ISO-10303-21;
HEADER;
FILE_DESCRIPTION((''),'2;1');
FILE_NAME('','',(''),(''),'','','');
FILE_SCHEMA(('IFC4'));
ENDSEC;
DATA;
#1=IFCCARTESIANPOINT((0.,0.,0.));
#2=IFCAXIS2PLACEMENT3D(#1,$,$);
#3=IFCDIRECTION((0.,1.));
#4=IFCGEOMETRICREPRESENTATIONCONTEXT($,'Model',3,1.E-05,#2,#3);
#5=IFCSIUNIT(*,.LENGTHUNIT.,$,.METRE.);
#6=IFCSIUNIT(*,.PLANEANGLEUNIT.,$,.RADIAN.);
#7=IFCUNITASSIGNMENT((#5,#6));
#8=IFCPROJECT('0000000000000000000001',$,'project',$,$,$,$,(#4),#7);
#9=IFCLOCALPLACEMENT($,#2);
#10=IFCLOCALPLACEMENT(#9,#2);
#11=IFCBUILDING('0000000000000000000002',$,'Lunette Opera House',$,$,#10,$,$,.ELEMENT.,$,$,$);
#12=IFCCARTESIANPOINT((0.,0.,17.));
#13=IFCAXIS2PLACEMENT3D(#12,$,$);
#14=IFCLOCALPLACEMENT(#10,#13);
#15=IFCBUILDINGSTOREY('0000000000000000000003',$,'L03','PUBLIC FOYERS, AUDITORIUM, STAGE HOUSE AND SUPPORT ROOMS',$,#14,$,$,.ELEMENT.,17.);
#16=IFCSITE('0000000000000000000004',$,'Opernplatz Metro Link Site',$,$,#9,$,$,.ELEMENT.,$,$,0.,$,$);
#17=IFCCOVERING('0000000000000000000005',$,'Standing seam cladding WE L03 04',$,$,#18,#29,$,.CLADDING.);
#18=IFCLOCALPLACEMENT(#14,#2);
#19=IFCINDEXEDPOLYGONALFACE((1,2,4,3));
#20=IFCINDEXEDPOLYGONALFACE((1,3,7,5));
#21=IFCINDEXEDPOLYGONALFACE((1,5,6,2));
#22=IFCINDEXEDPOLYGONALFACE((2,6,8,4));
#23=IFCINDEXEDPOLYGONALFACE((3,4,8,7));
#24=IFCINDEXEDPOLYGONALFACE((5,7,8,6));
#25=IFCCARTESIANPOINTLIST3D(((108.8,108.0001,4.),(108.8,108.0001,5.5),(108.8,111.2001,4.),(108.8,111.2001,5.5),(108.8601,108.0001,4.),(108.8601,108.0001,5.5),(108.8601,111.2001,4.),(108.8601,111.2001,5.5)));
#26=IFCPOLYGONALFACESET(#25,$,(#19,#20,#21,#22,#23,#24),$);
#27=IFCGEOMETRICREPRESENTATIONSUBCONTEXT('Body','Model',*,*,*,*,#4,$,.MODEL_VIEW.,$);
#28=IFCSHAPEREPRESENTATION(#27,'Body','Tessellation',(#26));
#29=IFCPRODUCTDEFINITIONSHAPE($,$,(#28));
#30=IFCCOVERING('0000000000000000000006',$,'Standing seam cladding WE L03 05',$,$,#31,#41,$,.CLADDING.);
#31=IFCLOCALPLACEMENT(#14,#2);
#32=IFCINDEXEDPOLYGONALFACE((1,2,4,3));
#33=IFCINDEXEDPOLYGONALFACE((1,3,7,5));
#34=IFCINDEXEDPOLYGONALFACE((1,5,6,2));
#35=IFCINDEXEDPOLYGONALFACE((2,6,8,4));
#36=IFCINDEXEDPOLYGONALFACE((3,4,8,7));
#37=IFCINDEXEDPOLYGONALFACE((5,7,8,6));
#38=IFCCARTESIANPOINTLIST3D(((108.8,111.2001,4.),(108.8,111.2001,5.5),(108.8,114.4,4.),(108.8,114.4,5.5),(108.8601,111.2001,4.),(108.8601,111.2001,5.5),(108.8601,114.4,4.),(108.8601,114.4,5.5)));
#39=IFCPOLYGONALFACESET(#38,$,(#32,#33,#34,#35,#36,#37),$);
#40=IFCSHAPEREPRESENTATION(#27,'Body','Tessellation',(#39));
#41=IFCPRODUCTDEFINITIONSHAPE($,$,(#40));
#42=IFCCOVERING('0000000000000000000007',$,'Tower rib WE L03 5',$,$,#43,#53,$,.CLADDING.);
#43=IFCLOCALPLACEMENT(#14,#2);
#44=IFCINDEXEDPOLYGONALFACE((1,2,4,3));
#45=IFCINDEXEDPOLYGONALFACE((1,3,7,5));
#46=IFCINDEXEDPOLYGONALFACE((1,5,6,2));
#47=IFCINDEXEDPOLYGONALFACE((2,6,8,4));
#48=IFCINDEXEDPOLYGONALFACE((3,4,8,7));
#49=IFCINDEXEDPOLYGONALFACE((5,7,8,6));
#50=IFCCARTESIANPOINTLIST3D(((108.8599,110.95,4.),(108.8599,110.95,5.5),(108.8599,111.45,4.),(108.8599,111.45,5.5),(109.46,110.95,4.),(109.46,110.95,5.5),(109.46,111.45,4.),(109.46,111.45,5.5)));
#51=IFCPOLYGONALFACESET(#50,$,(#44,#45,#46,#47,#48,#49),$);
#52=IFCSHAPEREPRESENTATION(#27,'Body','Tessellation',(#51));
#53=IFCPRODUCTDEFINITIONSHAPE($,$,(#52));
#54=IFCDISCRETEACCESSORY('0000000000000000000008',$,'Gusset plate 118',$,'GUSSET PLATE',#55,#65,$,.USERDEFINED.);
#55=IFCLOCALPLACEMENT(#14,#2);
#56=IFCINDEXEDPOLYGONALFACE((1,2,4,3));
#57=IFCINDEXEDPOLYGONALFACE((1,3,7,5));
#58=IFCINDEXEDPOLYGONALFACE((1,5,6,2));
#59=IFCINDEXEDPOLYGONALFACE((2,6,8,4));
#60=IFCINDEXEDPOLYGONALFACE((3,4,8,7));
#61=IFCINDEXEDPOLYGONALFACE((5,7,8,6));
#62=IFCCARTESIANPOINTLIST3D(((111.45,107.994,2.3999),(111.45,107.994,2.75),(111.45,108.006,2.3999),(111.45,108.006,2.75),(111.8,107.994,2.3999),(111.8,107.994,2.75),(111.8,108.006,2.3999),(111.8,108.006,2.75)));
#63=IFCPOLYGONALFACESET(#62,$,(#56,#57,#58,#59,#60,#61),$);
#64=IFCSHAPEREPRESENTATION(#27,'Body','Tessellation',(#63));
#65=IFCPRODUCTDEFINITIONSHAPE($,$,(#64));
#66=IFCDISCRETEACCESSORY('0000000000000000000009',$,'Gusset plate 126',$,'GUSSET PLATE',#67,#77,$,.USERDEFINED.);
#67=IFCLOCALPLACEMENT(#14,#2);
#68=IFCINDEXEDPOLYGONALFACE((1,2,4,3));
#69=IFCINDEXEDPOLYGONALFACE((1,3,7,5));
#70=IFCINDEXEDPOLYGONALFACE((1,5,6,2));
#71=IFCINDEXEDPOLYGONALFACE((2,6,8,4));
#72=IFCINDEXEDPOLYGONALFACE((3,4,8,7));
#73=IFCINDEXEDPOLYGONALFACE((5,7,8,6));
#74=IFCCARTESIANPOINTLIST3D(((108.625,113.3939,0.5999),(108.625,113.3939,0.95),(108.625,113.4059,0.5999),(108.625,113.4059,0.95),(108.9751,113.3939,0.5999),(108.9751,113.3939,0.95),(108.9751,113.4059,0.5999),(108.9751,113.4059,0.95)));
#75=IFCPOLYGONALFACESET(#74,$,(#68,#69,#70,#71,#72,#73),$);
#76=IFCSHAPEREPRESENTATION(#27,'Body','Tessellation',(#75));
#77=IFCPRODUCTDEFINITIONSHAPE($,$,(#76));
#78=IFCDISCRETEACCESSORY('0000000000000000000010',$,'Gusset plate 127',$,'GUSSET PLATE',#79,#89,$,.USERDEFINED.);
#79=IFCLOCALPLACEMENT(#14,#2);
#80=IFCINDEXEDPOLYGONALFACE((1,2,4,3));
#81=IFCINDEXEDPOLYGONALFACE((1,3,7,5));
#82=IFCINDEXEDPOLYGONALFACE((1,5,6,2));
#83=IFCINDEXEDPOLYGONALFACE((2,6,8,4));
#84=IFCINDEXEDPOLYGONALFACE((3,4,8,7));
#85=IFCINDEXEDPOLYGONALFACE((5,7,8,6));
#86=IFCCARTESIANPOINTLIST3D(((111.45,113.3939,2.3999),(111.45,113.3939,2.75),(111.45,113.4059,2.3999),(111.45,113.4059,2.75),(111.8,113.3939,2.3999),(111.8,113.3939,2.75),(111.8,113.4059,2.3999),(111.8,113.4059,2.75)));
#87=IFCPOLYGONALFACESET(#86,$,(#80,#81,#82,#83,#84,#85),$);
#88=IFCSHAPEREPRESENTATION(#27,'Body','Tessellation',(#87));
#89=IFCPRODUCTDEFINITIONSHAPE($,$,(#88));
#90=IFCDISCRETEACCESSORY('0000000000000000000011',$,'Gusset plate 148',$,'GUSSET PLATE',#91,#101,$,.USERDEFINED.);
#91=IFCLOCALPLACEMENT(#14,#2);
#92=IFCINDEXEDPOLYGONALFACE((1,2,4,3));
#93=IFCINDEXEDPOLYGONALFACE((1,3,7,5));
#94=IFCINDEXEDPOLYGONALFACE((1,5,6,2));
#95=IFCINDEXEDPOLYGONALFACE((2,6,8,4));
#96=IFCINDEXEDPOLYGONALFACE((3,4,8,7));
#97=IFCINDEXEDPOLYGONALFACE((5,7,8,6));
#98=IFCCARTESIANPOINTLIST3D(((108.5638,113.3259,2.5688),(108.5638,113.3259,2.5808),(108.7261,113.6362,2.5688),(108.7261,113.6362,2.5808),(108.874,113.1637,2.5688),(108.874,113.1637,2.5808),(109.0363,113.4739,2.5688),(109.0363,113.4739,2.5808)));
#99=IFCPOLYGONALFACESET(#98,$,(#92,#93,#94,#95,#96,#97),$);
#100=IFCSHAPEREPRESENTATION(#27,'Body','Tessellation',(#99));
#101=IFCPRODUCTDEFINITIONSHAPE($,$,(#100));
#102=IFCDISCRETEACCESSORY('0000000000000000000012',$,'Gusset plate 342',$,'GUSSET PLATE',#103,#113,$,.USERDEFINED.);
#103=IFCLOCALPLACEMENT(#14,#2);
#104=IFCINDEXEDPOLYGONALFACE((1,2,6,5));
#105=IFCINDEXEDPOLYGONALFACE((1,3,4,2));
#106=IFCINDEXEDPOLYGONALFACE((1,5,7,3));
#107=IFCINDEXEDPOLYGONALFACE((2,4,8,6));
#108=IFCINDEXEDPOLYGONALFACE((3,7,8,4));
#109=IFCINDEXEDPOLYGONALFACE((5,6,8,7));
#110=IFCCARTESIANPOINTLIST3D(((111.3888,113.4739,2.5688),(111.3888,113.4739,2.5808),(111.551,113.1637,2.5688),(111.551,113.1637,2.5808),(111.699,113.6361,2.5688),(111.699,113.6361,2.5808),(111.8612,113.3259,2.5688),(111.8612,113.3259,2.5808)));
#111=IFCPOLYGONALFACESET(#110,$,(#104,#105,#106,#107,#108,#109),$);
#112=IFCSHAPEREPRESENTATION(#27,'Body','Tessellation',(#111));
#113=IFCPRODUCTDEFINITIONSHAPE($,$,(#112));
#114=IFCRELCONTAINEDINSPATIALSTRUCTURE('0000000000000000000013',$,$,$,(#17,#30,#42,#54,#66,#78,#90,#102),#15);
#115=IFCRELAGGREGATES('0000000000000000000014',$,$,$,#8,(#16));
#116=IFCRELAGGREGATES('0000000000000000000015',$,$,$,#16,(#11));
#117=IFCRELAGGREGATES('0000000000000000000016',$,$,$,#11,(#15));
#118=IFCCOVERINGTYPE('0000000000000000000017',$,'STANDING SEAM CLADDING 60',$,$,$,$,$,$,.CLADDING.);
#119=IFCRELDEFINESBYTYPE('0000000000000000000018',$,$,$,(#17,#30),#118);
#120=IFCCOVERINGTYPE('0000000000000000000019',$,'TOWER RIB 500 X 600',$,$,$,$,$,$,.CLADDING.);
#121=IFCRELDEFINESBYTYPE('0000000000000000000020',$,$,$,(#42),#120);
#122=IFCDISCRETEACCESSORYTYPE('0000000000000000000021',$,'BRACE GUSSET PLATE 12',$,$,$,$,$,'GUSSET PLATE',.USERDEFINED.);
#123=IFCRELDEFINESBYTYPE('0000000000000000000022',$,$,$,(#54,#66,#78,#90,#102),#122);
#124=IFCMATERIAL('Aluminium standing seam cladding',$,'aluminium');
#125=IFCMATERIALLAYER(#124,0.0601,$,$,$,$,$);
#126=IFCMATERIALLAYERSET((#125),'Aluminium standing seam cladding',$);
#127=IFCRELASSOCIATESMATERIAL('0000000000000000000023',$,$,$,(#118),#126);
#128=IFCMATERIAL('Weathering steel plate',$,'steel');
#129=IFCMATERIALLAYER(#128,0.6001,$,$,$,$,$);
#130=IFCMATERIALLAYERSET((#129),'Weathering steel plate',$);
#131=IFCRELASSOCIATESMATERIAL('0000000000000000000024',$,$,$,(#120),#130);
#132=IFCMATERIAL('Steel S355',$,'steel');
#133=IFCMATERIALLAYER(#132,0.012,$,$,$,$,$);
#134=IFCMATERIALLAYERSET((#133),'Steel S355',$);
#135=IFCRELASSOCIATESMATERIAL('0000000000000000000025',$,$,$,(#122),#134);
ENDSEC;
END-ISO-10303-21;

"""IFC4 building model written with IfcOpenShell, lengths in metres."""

from ifc_helpers import new_model, si_unit, direction, frame, origin, origin_2d, place, context, subcontext, project, spatial, rectangle, extrude, material, layer, layer_set, type_object, element, save


model = new_model("IFC4")

# Units and contexts
model_context = context("Model", 3, precision=1e-05, world=origin(), true_north=direction((0.0, 1.0)))
body_context = subcontext(model_context, "Body", "Model", "MODEL_VIEW")
ifc_project = project(units=[si_unit("LENGTHUNIT", "METRE"), si_unit("PLANEANGLEUNIT", "RADIAN")], contexts=[model_context])

# Site, building, storey
site_placement = place(None, origin())
site = spatial("IfcSite", under=ifc_project, at=site_placement, Name="Opernplatz Metro Link Site", CompositionType="ELEMENT", RefElevation=0.0)
building_placement = place(site_placement, origin())
building = spatial("IfcBuilding", under=site, at=building_placement, Name="Lunette Opera House", CompositionType="ELEMENT")
storey_placement = place(building_placement, frame((0.0, 0.0, 17.0)))
storey = spatial("IfcBuildingStorey", under=building, at=storey_placement, Name="L03", Description="PUBLIC FOYERS, AUDITORIUM, STAGE HOUSE AND SUPPORT ROOMS", CompositionType="ELEMENT", Elevation=17.0)

# Coverings
ifc_material_1 = material(Name="Aluminium standing seam cladding", Category="aluminium")
ifc_layer_1 = layer(ifc_material_1, 0.0601)
ifc_layer_set_1 = layer_set([ifc_layer_1], Name="Aluminium standing seam cladding")
covering_type_1 = type_object("IfcCoveringType", Name="STANDING SEAM CLADDING 60", PredefinedType="CLADDING", material=ifc_layer_set_1)
for number, where, z_axis, x_axis, name in (
    (1, (108.8301, 109.6001, 4.0), (0.0, 0.0, 1.0), (0.0, 1.0, 0.0), "Standing seam cladding WE L03 04"),
    (2, (108.8301, 112.8, 4.0), (0.0, 0.0, 1.0), (0.0, 1.0, 0.0), "Standing seam cladding WE L03 05"),
):
    element("IfcCovering", number, at=place(storey_placement, frame(where, z_axis=z_axis, x_axis=x_axis)), inside=storey, type_object=covering_type_1, Name=name, PredefinedType="CLADDING", context=body_context, shape_type="SweptSolid", body=[
        extrude(rectangle(XDim=3.2, YDim=0.0601, at=origin_2d()), origin(), (0.0, 0.0, 1.0), 1.5),
    ])
ifc_material_2 = material(Name="Weathering steel plate", Category="steel")
ifc_layer_2 = layer(ifc_material_2, 0.6001)
ifc_layer_set_2 = layer_set([ifc_layer_2], Name="Weathering steel plate")
covering_type_2 = type_object("IfcCoveringType", Name="TOWER RIB 500 X 600", PredefinedType="CLADDING", material=ifc_layer_set_2)
covering_placement = place(storey_placement, frame((109.1599, 111.2, 4.0), z_axis=(0.0, 0.0, 1.0), x_axis=(0.0, 1.0, 0.0)))
element("IfcCovering", 3, at=covering_placement, inside=storey, type_object=covering_type_2, Name="Tower rib WE L03 5", PredefinedType="CLADDING", context=body_context, shape_type="SweptSolid", body=[
    extrude(rectangle(XDim=0.5, YDim=0.6001, at=origin_2d()), origin(), (0.0, 0.0, 1.0), 1.5),
])

# Discrete accessories
ifc_material_3 = material(Name="Steel S355", Category="steel")
ifc_layer_3 = layer(ifc_material_3, 0.012)
ifc_layer_set_3 = layer_set([ifc_layer_3], Name="Steel S355")
discrete_accessory_type = type_object("IfcDiscreteAccessoryType", Name="BRACE GUSSET PLATE 12", ElementType="GUSSET PLATE", PredefinedType="USERDEFINED", material=ifc_layer_set_3)
for number, where, z_axis, x_axis, name in (
    (4, (111.625, 108.0, 2.3999), (0.0, 0.0, 1.0), (1.0, 0.0, 0.0), "Gusset plate 118"),
    (5, (108.8, 113.3999, 0.5999), (0.0, 0.0, 1.0), (1.0, 0.0, 0.0), "Gusset plate 126"),
    (6, (111.625, 113.3999, 2.3999), (0.0, 0.0, 1.0), (1.0, 0.0, 0.0), "Gusset plate 127"),
):
    element("IfcDiscreteAccessory", number, at=place(storey_placement, frame(where, z_axis=z_axis, x_axis=x_axis)), inside=storey, type_object=discrete_accessory_type, Name=name, ObjectType="GUSSET PLATE", PredefinedType="USERDEFINED", context=body_context, shape_type="SweptSolid", body=[
        extrude(rectangle(XDim=0.3501, YDim=0.012, at=origin_2d()), origin(), (0.0, 0.0, 1.0), 0.3501),
    ])
for number, where, z_axis, x_axis, name in (
    (7, (108.8, 113.3999, 2.5688), (0.0, 0.0, 1.0), (0.463547, 0.886073, 0.0), "Gusset plate 148"),
    (8, (111.625, 113.3999, 2.5688), (0.0, 0.0, 1.0), (-0.463418, 0.88614, 0.0), "Gusset plate 342"),
):
    element("IfcDiscreteAccessory", number, at=place(storey_placement, frame(where, z_axis=z_axis, x_axis=x_axis)), inside=storey, type_object=discrete_accessory_type, Name=name, ObjectType="GUSSET PLATE", PredefinedType="USERDEFINED", context=body_context, shape_type="SweptSolid", body=[
        extrude(rectangle(XDim=0.3501, YDim=0.3501, at=origin_2d()), origin(), (0.0, 0.0, 1.0), 0.012),
    ])

save(model, "model.ifc")
